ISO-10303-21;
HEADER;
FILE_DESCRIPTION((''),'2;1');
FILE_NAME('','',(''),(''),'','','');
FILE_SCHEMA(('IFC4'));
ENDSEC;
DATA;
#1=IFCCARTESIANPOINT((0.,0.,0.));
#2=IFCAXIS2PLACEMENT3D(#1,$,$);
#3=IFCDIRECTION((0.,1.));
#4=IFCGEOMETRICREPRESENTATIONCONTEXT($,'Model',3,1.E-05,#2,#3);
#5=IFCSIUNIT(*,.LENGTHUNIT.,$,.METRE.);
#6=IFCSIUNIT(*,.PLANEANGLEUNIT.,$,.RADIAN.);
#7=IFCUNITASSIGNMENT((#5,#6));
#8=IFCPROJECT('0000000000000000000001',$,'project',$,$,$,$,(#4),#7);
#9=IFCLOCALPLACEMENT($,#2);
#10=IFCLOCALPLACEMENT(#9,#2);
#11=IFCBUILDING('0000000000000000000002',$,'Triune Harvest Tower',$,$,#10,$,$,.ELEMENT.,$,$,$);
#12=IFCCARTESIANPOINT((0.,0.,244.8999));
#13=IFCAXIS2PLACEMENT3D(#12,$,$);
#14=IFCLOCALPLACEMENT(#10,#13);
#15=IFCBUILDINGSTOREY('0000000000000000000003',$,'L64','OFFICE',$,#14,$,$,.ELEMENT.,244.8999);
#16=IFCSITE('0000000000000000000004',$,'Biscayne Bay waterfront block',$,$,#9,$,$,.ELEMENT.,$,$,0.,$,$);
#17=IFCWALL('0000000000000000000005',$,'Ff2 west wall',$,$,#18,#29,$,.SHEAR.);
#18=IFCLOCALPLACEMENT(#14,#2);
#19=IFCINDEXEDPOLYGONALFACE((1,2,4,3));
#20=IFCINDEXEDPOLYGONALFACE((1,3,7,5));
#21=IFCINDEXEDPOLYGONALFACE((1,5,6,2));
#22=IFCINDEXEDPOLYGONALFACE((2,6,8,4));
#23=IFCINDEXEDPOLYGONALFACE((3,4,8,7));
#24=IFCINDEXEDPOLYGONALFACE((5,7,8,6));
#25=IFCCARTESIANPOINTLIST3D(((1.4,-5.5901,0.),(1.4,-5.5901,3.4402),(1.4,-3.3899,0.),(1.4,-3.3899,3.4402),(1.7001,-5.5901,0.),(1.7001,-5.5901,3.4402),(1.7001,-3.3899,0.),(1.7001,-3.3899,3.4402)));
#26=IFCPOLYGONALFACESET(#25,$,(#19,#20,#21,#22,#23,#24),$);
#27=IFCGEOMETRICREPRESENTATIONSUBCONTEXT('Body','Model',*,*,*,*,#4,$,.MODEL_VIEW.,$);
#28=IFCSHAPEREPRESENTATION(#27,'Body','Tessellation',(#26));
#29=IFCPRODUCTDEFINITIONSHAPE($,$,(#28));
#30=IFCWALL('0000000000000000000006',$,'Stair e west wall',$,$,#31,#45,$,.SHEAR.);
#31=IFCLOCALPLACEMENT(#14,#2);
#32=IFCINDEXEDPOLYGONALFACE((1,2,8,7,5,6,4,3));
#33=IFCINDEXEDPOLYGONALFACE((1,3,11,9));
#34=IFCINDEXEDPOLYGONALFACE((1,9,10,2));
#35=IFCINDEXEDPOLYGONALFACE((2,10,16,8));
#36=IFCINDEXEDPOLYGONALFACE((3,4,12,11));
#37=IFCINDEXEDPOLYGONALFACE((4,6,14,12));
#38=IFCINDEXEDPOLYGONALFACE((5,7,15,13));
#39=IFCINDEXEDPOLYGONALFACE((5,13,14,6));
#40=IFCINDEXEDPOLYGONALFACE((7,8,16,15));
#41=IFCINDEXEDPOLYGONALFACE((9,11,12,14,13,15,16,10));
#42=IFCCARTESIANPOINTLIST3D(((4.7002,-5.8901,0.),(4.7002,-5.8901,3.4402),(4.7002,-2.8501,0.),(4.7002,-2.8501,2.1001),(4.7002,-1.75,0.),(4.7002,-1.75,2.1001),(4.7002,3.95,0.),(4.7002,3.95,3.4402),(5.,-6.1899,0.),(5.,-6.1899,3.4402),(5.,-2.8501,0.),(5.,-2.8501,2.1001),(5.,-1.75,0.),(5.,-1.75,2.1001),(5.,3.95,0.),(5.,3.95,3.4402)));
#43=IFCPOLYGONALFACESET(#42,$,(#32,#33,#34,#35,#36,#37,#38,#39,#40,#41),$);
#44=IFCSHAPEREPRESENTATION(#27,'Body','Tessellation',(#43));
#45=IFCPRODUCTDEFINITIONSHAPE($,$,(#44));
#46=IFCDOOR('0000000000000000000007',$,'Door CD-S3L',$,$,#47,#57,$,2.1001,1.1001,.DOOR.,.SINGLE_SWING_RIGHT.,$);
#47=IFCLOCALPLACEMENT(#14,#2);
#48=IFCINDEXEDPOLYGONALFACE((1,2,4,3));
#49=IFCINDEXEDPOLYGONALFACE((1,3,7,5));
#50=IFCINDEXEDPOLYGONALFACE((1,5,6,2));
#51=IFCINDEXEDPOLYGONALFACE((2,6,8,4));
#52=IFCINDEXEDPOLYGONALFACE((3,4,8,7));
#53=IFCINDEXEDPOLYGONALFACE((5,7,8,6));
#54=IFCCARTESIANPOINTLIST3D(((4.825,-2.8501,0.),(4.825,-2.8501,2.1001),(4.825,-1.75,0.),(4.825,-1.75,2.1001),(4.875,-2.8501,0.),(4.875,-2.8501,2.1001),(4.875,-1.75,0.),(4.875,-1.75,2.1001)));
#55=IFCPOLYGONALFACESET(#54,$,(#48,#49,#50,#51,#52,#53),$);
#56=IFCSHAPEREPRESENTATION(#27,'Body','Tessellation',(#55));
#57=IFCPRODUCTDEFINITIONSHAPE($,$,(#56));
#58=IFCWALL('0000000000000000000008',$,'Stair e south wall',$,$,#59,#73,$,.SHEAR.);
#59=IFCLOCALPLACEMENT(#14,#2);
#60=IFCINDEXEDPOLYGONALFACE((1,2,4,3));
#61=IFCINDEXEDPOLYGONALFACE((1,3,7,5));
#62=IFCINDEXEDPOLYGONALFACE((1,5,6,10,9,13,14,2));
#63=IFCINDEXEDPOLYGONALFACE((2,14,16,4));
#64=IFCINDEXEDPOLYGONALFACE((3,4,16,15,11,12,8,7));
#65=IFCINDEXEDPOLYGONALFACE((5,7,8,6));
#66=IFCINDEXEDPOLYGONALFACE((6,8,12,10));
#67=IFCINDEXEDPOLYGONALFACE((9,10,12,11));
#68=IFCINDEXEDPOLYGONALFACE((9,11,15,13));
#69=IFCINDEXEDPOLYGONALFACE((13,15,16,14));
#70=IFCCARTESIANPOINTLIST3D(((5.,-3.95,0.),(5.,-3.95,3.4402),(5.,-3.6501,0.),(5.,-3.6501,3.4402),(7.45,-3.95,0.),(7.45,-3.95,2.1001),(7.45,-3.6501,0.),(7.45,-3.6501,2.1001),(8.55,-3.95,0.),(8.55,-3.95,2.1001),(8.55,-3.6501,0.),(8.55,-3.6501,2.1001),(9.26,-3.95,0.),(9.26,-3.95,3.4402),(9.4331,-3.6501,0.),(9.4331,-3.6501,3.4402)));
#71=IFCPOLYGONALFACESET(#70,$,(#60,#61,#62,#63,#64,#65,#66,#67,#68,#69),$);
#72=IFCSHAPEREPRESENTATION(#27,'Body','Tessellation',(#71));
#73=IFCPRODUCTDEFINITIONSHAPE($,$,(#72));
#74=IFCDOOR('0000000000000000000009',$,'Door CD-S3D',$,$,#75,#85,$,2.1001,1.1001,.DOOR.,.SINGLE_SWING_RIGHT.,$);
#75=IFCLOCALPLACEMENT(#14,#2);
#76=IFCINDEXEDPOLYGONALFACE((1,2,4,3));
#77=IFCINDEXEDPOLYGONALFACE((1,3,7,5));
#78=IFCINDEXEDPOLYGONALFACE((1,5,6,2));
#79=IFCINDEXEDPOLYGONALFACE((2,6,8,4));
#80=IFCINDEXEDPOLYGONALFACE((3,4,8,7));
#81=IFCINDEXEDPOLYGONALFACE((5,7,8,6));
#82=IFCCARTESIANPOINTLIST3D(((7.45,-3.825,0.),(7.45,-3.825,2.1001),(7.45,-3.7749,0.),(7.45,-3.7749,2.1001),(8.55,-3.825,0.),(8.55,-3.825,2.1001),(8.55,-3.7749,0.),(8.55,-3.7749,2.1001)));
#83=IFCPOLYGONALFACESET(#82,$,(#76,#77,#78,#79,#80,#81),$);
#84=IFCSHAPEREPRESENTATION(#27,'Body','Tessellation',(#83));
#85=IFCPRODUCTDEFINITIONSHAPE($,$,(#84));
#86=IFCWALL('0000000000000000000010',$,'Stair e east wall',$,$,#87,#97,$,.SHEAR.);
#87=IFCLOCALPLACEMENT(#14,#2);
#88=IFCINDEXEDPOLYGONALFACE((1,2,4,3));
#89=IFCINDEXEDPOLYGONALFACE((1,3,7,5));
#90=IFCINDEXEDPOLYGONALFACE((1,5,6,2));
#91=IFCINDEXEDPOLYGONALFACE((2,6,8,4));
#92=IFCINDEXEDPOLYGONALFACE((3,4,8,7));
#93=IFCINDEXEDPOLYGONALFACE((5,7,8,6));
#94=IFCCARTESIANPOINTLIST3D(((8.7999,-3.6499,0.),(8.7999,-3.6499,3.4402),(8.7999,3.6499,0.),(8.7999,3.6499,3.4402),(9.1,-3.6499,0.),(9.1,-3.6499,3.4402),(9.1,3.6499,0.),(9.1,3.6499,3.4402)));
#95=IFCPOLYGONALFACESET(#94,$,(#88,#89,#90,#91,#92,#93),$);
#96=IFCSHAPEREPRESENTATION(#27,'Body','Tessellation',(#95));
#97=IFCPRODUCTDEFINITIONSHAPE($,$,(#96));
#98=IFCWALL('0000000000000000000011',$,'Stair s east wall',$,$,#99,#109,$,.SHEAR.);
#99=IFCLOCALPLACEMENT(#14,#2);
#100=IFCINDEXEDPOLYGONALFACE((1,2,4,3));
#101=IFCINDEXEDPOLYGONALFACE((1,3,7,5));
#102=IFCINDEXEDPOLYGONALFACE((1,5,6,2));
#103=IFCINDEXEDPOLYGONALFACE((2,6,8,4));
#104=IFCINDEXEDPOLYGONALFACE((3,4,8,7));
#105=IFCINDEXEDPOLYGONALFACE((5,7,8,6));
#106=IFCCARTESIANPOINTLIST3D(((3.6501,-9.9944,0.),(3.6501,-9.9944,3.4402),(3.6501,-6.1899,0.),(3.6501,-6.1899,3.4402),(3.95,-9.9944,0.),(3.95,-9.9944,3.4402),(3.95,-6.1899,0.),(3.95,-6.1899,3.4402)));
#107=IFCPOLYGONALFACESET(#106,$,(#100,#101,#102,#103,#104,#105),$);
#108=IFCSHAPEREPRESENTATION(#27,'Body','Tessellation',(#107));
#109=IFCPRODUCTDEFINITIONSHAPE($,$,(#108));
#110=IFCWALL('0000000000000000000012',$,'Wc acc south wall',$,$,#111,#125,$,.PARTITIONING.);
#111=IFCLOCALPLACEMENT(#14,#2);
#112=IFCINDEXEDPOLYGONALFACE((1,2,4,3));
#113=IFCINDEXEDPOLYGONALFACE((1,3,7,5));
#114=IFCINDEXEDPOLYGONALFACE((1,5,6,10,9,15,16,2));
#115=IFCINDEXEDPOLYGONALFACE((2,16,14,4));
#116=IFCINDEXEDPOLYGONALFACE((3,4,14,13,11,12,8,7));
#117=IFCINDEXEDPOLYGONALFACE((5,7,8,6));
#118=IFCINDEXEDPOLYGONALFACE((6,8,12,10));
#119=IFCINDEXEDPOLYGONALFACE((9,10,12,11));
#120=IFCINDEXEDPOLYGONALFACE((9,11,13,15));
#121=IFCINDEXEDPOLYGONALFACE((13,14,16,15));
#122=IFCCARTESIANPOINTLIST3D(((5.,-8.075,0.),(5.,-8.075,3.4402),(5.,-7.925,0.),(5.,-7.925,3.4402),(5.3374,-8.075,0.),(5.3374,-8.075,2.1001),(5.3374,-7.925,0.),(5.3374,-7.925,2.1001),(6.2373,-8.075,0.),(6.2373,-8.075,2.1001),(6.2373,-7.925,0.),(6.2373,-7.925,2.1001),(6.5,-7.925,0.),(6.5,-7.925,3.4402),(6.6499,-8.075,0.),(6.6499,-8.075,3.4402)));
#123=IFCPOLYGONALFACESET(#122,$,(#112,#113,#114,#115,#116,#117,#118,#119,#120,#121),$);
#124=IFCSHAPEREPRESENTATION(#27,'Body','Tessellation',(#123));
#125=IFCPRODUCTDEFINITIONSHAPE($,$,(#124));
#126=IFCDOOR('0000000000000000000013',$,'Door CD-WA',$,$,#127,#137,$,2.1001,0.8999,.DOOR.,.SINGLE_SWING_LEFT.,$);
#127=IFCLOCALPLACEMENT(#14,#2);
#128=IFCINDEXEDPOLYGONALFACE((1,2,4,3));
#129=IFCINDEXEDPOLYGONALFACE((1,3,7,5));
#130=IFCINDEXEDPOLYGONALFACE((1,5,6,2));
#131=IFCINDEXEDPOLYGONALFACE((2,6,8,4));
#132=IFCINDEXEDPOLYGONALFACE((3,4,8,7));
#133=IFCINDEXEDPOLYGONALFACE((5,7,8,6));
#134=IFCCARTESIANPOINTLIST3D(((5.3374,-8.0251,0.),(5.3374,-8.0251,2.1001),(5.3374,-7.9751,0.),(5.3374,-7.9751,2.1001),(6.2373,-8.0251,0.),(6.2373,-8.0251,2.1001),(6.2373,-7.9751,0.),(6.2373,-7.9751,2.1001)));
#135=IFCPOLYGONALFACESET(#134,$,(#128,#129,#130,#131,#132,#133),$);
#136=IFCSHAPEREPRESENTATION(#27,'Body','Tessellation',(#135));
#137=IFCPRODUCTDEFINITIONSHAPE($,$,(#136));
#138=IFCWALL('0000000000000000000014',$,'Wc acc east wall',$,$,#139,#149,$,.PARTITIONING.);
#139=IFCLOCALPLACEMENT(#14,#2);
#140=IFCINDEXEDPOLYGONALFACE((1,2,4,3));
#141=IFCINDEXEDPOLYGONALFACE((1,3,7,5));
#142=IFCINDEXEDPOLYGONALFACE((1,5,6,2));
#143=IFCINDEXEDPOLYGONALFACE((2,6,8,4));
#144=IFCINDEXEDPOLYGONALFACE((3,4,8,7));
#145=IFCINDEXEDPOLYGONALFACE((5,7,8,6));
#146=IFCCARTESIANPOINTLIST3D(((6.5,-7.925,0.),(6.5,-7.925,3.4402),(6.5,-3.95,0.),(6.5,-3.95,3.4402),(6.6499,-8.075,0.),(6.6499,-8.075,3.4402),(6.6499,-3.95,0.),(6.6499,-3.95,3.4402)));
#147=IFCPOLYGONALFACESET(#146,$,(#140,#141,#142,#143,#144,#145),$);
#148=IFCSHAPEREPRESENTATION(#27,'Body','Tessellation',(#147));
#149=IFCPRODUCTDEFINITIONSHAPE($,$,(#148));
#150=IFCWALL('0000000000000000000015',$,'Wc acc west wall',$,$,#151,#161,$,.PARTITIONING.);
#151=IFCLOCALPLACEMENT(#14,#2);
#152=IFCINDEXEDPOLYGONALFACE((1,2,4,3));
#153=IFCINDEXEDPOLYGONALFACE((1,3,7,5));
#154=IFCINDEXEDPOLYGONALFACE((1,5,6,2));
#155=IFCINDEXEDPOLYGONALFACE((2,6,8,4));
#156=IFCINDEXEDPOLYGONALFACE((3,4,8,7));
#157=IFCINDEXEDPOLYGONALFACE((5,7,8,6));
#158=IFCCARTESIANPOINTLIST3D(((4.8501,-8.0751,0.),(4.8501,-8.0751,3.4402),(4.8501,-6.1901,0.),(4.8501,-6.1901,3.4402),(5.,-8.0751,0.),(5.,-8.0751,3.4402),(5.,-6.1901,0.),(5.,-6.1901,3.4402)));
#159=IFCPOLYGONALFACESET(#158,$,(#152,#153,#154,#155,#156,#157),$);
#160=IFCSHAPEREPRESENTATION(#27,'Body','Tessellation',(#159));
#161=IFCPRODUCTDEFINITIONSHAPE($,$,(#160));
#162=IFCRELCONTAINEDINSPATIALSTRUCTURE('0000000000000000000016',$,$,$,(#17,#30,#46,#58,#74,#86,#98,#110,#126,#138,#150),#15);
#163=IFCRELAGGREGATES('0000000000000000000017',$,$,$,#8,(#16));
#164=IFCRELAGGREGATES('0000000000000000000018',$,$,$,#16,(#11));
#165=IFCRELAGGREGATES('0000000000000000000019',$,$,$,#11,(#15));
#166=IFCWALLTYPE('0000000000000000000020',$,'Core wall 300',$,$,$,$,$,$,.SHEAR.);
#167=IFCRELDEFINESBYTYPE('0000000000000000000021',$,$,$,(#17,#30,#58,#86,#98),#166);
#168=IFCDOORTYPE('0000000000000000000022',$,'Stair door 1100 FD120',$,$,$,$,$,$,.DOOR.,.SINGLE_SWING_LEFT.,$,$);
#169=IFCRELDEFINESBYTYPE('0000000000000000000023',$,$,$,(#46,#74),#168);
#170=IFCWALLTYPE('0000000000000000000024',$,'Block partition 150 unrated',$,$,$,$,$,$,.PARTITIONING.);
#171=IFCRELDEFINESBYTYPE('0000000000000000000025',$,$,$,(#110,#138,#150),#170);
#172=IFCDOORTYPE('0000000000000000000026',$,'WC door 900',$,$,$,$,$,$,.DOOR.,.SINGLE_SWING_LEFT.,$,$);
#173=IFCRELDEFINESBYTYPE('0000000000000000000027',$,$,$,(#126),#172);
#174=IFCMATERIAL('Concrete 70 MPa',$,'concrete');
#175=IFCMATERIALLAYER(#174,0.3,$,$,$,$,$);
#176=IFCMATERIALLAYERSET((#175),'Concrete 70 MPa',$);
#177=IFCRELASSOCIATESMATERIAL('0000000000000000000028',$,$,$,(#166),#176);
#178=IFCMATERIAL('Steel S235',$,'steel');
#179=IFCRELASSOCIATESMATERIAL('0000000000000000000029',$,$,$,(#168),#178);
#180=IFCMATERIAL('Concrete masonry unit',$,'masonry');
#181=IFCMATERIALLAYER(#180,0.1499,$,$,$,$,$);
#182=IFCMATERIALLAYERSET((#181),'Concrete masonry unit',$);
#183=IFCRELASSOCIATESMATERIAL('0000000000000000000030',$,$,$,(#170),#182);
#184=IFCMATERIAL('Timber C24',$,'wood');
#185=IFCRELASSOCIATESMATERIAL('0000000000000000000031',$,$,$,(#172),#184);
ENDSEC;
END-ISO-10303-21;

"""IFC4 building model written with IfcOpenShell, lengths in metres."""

from ifc_helpers import new_model, si_unit, direction, frame, frame_2d, origin, place, context, subcontext, project, spatial, polyline, rectangle, outline, extrude, source, transform, mapped, material, layer, layer_set, type_object, element, fill, save


model = new_model("IFC4")

# Units and contexts
model_context = context("Model", 3, precision=1e-05, world=origin(), true_north=direction((0.0, 1.0)))
body_context = subcontext(model_context, "Body", "Model", "MODEL_VIEW")
ifc_project = project(units=[si_unit("LENGTHUNIT", "METRE"), si_unit("PLANEANGLEUNIT", "RADIAN")], contexts=[model_context])

# Site, building, storey
site_placement = place(None, origin())
site = spatial("IfcSite", under=ifc_project, at=site_placement, Name="Biscayne Bay waterfront block", CompositionType="ELEMENT", RefElevation=0.0)
building_placement = place(site_placement, origin())
building = spatial("IfcBuilding", under=site, at=building_placement, Name="Triune Harvest Tower", CompositionType="ELEMENT")
storey_placement = place(building_placement, frame((0.0, 0.0, 244.8999)))
storey = spatial("IfcBuildingStorey", under=building, at=storey_placement, Name="L64", Description="OFFICE", CompositionType="ELEMENT", Elevation=244.8999)

# Shared definitions
ifc_material_1 = material(Name="Concrete 70 MPa", Category="concrete")
ifc_layer_1 = layer(ifc_material_1, 0.3)
ifc_layer_set_1 = layer_set([ifc_layer_1], Name="Concrete 70 MPa")
wall_type_1 = type_object("IfcWallType", Name="Core wall 300", PredefinedType="SHEAR", material=ifc_layer_set_1)

# Wall
shared_shape_1 = source(origin(), body_context, "Body", "SweptSolid", [
    extrude(rectangle(XDim=2.2002, YDim=0.3, at=frame_2d((1.1001, 0.0))), origin(), (0.0, 0.0, 1.0), 3.4402),
])
wall_1_placement = place(storey_placement, frame((1.55, -5.5901, 0.0), z_axis=(0.0, 0.0, 1.0), x_axis=(0.0, 1.0, 0.0)))
element("IfcWall", 1, at=wall_1_placement, inside=storey, type_object=wall_type_1, Name="Ff2 west wall", PredefinedType="SHEAR", context=body_context, shape_type="MappedRepresentation", body=[
    mapped(shared_shape_1, transform((0.0, 0.0, 0.0), scale=1.0)),
])

# Walls, openings, doors
shared_shape_2 = source(origin(), body_context, "Body", "SweptSolid", [
    extrude(outline(polyline([(-0.1499, -0.1499), (9.99, -0.1499), (9.99, 0.1499), (0.1499, 0.1499), (-0.1499, -0.1499)])), origin(), (0.0, 0.0, 1.0), 3.4402),
])
wall_2_placement = place(storey_placement, frame((4.8501, -6.04, 0.0), z_axis=(0.0, 0.0, 1.0), x_axis=(0.0, 1.0, 0.0)))
wall_2 = element("IfcWall", 2, at=wall_2_placement, inside=storey, type_object=wall_type_1, Name="Stair e west wall", PredefinedType="SHEAR", context=body_context, shape_type="MappedRepresentation", body=[
    mapped(shared_shape_2, transform((0.0, 0.0, 0.0), scale=1.0)),
])
opening_1_placement = place(wall_2_placement, frame((3.1899, 0.0, 0.0)))
opening_1 = element("IfcOpeningElement", 3, at=opening_1_placement, cuts=wall_2, PredefinedType="OPENING", context=body_context, shape_type="SweptSolid", body=[
    extrude(rectangle(XDim=1.1001, YDim=2.1001, at=frame_2d((0.55, 1.05))), frame((0.0, 0.1602, 0.0), z_axis=(0.0, -1.0, 0.0), x_axis=(1.0, 0.0, 0.0)), (0.0, 0.0, 1.0), 0.3201),
])
ifc_material_2 = material(Name="Steel S235", Category="steel")
door_type_1 = type_object("IfcDoorType", Name="Stair door 1100 FD120", OperationType="SINGLE_SWING_LEFT", PredefinedType="DOOR", material=ifc_material_2)
door_1_placement = place(opening_1_placement, frame((1.1001, 0.0, 0.0), z_axis=(0.0, 0.0, 1.0), x_axis=(-1.0, 0.0, 0.0)))
door_1 = element("IfcDoor", 4, at=door_1_placement, inside=storey, type_object=door_type_1, Name="Door CD-S3L", OperationType="SINGLE_SWING_RIGHT", OverallHeight=2.1001, OverallWidth=1.1001, PredefinedType="DOOR", context=body_context, shape_type="SweptSolid", body=[
    extrude(rectangle(XDim=1.1001, YDim=2.1001, at=frame_2d((0.55, 1.05))), frame((0.0, 0.0249, 0.0), z_axis=(0.0, -1.0, 0.0), x_axis=(1.0, 0.0, 0.0)), (0.0, 0.0, 1.0), 0.05),
])
fill(opening_1, door_1)
shared_shape_3 = source(origin(), body_context, "Body", "SweptSolid", [
    extrude(outline(polyline([(0.0, -0.1499), (0.0, 0.1499), (4.4331, 0.1499), (4.26, -0.1499), (0.0, -0.1499)])), origin(), (0.0, 0.0, 1.0), 3.4402),
])
wall_3_placement = place(storey_placement, frame((5.0, -3.8, 0.0), z_axis=(0.0, 0.0, 1.0), x_axis=(1.0, 0.0, 0.0)))
wall_3 = element("IfcWall", 5, at=wall_3_placement, inside=storey, type_object=wall_type_1, Name="Stair e south wall", PredefinedType="SHEAR", context=body_context, shape_type="MappedRepresentation", body=[
    mapped(shared_shape_3, transform((0.0, 0.0, 0.0), scale=1.0)),
])
opening_2_placement = place(wall_3_placement, frame((2.45, 0.0, 0.0)))
opening_2 = element("IfcOpeningElement", 6, at=opening_2_placement, cuts=wall_3, PredefinedType="OPENING", context=body_context, shape_type="SweptSolid", body=[
    extrude(rectangle(XDim=1.1001, YDim=2.1001, at=frame_2d((0.55, 1.05))), frame((0.0, 0.1602, 0.0), z_axis=(0.0, -1.0, 0.0), x_axis=(1.0, 0.0, 0.0)), (0.0, 0.0, 1.0), 0.3201),
])
door_2_placement = place(opening_2_placement, frame((1.1001, 0.0, 0.0), z_axis=(0.0, 0.0, 1.0), x_axis=(-1.0, 0.0, 0.0)))
door_2 = element("IfcDoor", 7, at=door_2_placement, inside=storey, type_object=door_type_1, Name="Door CD-S3D", OperationType="SINGLE_SWING_RIGHT", OverallHeight=2.1001, OverallWidth=1.1001, PredefinedType="DOOR", context=body_context, shape_type="SweptSolid", body=[
    extrude(rectangle(XDim=1.1001, YDim=2.1001, at=frame_2d((0.55, 1.05))), frame((0.0, 0.0249, 0.0), z_axis=(0.0, -1.0, 0.0), x_axis=(1.0, 0.0, 0.0)), (0.0, 0.0, 1.0), 0.05),
])
fill(opening_2, door_2)

# Walls
shared_shape_4 = source(origin(), body_context, "Body", "SweptSolid", [
    extrude(rectangle(XDim=7.2998, YDim=0.3, at=frame_2d((3.6499, 0.0))), origin(), (0.0, 0.0, 1.0), 3.4402),
])
wall_4_placement = place(storey_placement, frame((8.95, -3.6499, 0.0), z_axis=(0.0, 0.0, 1.0), x_axis=(0.0, 1.0, 0.0)))
element("IfcWall", 8, at=wall_4_placement, inside=storey, type_object=wall_type_1, Name="Stair e east wall", PredefinedType="SHEAR", context=body_context, shape_type="MappedRepresentation", body=[
    mapped(shared_shape_4, transform((0.0, 0.0, 0.0), scale=1.0)),
])
shared_shape_5 = source(origin(), body_context, "Body", "SweptSolid", [
    extrude(outline(polyline([(3.8, -0.1499), (-0.0044, -0.1499), (-0.0044, 0.1499), (3.8, 0.1499), (3.8, -0.1499)])), origin(), (0.0, 0.0, 1.0), 3.4402),
])
wall_5_placement = place(storey_placement, frame((3.8, -9.99, 0.0), z_axis=(0.0, 0.0, 1.0), x_axis=(0.0, 1.0, 0.0)))
element("IfcWall", 9, at=wall_5_placement, inside=storey, type_object=wall_type_1, Name="Stair s east wall", PredefinedType="SHEAR", context=body_context, shape_type="MappedRepresentation", body=[
    mapped(shared_shape_5, transform((0.0, 0.0, 0.0), scale=1.0)),
])

# Wall, opening, door
ifc_material_3 = material(Name="Concrete masonry unit", Category="masonry")
ifc_layer_2 = layer(ifc_material_3, 0.1499)
ifc_layer_set_2 = layer_set([ifc_layer_2], Name="Concrete masonry unit")
wall_type_2 = type_object("IfcWallType", Name="Block partition 150 unrated", PredefinedType="PARTITIONING", material=ifc_layer_set_2)
shared_shape_6 = source(origin(), body_context, "Body", "SweptSolid", [
    extrude(outline(polyline([(0.0, -0.075), (1.6499, -0.075), (1.5, 0.075), (0.0, 0.075), (0.0, -0.075)])), origin(), (0.0, 0.0, 1.0), 3.4402),
])
wall_6_placement = place(storey_placement, frame((5.0, -8.0, 0.0), z_axis=(0.0, 0.0, 1.0), x_axis=(1.0, 0.0, 0.0)))
wall_6 = element("IfcWall", 10, at=wall_6_placement, inside=storey, type_object=wall_type_2, Name="Wc acc south wall", PredefinedType="PARTITIONING", context=body_context, shape_type="MappedRepresentation", body=[
    mapped(shared_shape_6, transform((0.0, 0.0, 0.0), scale=1.0)),
])
opening_3_placement = place(wall_6_placement, frame((0.3374, 0.0, 0.0)))
opening_3 = element("IfcOpeningElement", 11, at=opening_3_placement, cuts=wall_6, PredefinedType="OPENING", context=body_context, shape_type="SweptSolid", body=[
    extrude(rectangle(XDim=0.8999, YDim=2.1001, at=frame_2d((0.45, 1.05))), frame((0.0, 0.085, 0.0), z_axis=(0.0, -1.0, 0.0), x_axis=(1.0, 0.0, 0.0)), (0.0, 0.0, 1.0), 0.1699),
])
ifc_material_4 = material(Name="Timber C24", Category="wood")
door_type_2 = type_object("IfcDoorType", Name="WC door 900", OperationType="SINGLE_SWING_LEFT", PredefinedType="DOOR", material=ifc_material_4)
door_3_placement = place(opening_3_placement, origin())
door_3 = element("IfcDoor", 12, at=door_3_placement, inside=storey, type_object=door_type_2, Name="Door CD-WA", OperationType="SINGLE_SWING_LEFT", OverallHeight=2.1001, OverallWidth=0.8999, PredefinedType="DOOR", context=body_context, shape_type="SweptSolid", body=[
    extrude(rectangle(XDim=0.8999, YDim=2.1001, at=frame_2d((0.45, 1.05))), frame((0.0, 0.0249, 0.0), z_axis=(0.0, -1.0, 0.0), x_axis=(1.0, 0.0, 0.0)), (0.0, 0.0, 1.0), 0.05),
])
fill(opening_3, door_3)

# Walls
shared_shape_7 = source(origin(), body_context, "Body", "SweptSolid", [
    extrude(outline(polyline([(-0.075, -0.075), (4.05, -0.075), (4.05, 0.075), (0.075, 0.075), (-0.075, -0.075)])), origin(), (0.0, 0.0, 1.0), 3.4402),
])
wall_7_placement = place(storey_placement, frame((6.575, -8.0, 0.0), z_axis=(0.0, 0.0, 1.0), x_axis=(0.0, 1.0, 0.0)))
element("IfcWall", 13, at=wall_7_placement, inside=storey, type_object=wall_type_2, Name="Wc acc east wall", PredefinedType="PARTITIONING", context=body_context, shape_type="MappedRepresentation", body=[
    mapped(shared_shape_7, transform((0.0, 0.0, 0.0), scale=1.0)),
])
shared_shape_8 = source(origin(), body_context, "Body", "SweptSolid", [
    extrude(rectangle(XDim=1.885, YDim=0.1499, at=frame_2d((0.9424, 0.0))), origin(), (0.0, 0.0, 1.0), 3.4402),
])
wall_8_placement = place(storey_placement, frame((4.925, -8.075, 0.0), z_axis=(0.0, 0.0, 1.0), x_axis=(0.0, 1.0, 0.0)))
element("IfcWall", 14, at=wall_8_placement, inside=storey, type_object=wall_type_2, Name="Wc acc west wall", PredefinedType="PARTITIONING", context=body_context, shape_type="MappedRepresentation", body=[
    mapped(shared_shape_8, transform((0.0, 0.0, 0.0), scale=1.0)),
])

save(model, "model.ifc")
